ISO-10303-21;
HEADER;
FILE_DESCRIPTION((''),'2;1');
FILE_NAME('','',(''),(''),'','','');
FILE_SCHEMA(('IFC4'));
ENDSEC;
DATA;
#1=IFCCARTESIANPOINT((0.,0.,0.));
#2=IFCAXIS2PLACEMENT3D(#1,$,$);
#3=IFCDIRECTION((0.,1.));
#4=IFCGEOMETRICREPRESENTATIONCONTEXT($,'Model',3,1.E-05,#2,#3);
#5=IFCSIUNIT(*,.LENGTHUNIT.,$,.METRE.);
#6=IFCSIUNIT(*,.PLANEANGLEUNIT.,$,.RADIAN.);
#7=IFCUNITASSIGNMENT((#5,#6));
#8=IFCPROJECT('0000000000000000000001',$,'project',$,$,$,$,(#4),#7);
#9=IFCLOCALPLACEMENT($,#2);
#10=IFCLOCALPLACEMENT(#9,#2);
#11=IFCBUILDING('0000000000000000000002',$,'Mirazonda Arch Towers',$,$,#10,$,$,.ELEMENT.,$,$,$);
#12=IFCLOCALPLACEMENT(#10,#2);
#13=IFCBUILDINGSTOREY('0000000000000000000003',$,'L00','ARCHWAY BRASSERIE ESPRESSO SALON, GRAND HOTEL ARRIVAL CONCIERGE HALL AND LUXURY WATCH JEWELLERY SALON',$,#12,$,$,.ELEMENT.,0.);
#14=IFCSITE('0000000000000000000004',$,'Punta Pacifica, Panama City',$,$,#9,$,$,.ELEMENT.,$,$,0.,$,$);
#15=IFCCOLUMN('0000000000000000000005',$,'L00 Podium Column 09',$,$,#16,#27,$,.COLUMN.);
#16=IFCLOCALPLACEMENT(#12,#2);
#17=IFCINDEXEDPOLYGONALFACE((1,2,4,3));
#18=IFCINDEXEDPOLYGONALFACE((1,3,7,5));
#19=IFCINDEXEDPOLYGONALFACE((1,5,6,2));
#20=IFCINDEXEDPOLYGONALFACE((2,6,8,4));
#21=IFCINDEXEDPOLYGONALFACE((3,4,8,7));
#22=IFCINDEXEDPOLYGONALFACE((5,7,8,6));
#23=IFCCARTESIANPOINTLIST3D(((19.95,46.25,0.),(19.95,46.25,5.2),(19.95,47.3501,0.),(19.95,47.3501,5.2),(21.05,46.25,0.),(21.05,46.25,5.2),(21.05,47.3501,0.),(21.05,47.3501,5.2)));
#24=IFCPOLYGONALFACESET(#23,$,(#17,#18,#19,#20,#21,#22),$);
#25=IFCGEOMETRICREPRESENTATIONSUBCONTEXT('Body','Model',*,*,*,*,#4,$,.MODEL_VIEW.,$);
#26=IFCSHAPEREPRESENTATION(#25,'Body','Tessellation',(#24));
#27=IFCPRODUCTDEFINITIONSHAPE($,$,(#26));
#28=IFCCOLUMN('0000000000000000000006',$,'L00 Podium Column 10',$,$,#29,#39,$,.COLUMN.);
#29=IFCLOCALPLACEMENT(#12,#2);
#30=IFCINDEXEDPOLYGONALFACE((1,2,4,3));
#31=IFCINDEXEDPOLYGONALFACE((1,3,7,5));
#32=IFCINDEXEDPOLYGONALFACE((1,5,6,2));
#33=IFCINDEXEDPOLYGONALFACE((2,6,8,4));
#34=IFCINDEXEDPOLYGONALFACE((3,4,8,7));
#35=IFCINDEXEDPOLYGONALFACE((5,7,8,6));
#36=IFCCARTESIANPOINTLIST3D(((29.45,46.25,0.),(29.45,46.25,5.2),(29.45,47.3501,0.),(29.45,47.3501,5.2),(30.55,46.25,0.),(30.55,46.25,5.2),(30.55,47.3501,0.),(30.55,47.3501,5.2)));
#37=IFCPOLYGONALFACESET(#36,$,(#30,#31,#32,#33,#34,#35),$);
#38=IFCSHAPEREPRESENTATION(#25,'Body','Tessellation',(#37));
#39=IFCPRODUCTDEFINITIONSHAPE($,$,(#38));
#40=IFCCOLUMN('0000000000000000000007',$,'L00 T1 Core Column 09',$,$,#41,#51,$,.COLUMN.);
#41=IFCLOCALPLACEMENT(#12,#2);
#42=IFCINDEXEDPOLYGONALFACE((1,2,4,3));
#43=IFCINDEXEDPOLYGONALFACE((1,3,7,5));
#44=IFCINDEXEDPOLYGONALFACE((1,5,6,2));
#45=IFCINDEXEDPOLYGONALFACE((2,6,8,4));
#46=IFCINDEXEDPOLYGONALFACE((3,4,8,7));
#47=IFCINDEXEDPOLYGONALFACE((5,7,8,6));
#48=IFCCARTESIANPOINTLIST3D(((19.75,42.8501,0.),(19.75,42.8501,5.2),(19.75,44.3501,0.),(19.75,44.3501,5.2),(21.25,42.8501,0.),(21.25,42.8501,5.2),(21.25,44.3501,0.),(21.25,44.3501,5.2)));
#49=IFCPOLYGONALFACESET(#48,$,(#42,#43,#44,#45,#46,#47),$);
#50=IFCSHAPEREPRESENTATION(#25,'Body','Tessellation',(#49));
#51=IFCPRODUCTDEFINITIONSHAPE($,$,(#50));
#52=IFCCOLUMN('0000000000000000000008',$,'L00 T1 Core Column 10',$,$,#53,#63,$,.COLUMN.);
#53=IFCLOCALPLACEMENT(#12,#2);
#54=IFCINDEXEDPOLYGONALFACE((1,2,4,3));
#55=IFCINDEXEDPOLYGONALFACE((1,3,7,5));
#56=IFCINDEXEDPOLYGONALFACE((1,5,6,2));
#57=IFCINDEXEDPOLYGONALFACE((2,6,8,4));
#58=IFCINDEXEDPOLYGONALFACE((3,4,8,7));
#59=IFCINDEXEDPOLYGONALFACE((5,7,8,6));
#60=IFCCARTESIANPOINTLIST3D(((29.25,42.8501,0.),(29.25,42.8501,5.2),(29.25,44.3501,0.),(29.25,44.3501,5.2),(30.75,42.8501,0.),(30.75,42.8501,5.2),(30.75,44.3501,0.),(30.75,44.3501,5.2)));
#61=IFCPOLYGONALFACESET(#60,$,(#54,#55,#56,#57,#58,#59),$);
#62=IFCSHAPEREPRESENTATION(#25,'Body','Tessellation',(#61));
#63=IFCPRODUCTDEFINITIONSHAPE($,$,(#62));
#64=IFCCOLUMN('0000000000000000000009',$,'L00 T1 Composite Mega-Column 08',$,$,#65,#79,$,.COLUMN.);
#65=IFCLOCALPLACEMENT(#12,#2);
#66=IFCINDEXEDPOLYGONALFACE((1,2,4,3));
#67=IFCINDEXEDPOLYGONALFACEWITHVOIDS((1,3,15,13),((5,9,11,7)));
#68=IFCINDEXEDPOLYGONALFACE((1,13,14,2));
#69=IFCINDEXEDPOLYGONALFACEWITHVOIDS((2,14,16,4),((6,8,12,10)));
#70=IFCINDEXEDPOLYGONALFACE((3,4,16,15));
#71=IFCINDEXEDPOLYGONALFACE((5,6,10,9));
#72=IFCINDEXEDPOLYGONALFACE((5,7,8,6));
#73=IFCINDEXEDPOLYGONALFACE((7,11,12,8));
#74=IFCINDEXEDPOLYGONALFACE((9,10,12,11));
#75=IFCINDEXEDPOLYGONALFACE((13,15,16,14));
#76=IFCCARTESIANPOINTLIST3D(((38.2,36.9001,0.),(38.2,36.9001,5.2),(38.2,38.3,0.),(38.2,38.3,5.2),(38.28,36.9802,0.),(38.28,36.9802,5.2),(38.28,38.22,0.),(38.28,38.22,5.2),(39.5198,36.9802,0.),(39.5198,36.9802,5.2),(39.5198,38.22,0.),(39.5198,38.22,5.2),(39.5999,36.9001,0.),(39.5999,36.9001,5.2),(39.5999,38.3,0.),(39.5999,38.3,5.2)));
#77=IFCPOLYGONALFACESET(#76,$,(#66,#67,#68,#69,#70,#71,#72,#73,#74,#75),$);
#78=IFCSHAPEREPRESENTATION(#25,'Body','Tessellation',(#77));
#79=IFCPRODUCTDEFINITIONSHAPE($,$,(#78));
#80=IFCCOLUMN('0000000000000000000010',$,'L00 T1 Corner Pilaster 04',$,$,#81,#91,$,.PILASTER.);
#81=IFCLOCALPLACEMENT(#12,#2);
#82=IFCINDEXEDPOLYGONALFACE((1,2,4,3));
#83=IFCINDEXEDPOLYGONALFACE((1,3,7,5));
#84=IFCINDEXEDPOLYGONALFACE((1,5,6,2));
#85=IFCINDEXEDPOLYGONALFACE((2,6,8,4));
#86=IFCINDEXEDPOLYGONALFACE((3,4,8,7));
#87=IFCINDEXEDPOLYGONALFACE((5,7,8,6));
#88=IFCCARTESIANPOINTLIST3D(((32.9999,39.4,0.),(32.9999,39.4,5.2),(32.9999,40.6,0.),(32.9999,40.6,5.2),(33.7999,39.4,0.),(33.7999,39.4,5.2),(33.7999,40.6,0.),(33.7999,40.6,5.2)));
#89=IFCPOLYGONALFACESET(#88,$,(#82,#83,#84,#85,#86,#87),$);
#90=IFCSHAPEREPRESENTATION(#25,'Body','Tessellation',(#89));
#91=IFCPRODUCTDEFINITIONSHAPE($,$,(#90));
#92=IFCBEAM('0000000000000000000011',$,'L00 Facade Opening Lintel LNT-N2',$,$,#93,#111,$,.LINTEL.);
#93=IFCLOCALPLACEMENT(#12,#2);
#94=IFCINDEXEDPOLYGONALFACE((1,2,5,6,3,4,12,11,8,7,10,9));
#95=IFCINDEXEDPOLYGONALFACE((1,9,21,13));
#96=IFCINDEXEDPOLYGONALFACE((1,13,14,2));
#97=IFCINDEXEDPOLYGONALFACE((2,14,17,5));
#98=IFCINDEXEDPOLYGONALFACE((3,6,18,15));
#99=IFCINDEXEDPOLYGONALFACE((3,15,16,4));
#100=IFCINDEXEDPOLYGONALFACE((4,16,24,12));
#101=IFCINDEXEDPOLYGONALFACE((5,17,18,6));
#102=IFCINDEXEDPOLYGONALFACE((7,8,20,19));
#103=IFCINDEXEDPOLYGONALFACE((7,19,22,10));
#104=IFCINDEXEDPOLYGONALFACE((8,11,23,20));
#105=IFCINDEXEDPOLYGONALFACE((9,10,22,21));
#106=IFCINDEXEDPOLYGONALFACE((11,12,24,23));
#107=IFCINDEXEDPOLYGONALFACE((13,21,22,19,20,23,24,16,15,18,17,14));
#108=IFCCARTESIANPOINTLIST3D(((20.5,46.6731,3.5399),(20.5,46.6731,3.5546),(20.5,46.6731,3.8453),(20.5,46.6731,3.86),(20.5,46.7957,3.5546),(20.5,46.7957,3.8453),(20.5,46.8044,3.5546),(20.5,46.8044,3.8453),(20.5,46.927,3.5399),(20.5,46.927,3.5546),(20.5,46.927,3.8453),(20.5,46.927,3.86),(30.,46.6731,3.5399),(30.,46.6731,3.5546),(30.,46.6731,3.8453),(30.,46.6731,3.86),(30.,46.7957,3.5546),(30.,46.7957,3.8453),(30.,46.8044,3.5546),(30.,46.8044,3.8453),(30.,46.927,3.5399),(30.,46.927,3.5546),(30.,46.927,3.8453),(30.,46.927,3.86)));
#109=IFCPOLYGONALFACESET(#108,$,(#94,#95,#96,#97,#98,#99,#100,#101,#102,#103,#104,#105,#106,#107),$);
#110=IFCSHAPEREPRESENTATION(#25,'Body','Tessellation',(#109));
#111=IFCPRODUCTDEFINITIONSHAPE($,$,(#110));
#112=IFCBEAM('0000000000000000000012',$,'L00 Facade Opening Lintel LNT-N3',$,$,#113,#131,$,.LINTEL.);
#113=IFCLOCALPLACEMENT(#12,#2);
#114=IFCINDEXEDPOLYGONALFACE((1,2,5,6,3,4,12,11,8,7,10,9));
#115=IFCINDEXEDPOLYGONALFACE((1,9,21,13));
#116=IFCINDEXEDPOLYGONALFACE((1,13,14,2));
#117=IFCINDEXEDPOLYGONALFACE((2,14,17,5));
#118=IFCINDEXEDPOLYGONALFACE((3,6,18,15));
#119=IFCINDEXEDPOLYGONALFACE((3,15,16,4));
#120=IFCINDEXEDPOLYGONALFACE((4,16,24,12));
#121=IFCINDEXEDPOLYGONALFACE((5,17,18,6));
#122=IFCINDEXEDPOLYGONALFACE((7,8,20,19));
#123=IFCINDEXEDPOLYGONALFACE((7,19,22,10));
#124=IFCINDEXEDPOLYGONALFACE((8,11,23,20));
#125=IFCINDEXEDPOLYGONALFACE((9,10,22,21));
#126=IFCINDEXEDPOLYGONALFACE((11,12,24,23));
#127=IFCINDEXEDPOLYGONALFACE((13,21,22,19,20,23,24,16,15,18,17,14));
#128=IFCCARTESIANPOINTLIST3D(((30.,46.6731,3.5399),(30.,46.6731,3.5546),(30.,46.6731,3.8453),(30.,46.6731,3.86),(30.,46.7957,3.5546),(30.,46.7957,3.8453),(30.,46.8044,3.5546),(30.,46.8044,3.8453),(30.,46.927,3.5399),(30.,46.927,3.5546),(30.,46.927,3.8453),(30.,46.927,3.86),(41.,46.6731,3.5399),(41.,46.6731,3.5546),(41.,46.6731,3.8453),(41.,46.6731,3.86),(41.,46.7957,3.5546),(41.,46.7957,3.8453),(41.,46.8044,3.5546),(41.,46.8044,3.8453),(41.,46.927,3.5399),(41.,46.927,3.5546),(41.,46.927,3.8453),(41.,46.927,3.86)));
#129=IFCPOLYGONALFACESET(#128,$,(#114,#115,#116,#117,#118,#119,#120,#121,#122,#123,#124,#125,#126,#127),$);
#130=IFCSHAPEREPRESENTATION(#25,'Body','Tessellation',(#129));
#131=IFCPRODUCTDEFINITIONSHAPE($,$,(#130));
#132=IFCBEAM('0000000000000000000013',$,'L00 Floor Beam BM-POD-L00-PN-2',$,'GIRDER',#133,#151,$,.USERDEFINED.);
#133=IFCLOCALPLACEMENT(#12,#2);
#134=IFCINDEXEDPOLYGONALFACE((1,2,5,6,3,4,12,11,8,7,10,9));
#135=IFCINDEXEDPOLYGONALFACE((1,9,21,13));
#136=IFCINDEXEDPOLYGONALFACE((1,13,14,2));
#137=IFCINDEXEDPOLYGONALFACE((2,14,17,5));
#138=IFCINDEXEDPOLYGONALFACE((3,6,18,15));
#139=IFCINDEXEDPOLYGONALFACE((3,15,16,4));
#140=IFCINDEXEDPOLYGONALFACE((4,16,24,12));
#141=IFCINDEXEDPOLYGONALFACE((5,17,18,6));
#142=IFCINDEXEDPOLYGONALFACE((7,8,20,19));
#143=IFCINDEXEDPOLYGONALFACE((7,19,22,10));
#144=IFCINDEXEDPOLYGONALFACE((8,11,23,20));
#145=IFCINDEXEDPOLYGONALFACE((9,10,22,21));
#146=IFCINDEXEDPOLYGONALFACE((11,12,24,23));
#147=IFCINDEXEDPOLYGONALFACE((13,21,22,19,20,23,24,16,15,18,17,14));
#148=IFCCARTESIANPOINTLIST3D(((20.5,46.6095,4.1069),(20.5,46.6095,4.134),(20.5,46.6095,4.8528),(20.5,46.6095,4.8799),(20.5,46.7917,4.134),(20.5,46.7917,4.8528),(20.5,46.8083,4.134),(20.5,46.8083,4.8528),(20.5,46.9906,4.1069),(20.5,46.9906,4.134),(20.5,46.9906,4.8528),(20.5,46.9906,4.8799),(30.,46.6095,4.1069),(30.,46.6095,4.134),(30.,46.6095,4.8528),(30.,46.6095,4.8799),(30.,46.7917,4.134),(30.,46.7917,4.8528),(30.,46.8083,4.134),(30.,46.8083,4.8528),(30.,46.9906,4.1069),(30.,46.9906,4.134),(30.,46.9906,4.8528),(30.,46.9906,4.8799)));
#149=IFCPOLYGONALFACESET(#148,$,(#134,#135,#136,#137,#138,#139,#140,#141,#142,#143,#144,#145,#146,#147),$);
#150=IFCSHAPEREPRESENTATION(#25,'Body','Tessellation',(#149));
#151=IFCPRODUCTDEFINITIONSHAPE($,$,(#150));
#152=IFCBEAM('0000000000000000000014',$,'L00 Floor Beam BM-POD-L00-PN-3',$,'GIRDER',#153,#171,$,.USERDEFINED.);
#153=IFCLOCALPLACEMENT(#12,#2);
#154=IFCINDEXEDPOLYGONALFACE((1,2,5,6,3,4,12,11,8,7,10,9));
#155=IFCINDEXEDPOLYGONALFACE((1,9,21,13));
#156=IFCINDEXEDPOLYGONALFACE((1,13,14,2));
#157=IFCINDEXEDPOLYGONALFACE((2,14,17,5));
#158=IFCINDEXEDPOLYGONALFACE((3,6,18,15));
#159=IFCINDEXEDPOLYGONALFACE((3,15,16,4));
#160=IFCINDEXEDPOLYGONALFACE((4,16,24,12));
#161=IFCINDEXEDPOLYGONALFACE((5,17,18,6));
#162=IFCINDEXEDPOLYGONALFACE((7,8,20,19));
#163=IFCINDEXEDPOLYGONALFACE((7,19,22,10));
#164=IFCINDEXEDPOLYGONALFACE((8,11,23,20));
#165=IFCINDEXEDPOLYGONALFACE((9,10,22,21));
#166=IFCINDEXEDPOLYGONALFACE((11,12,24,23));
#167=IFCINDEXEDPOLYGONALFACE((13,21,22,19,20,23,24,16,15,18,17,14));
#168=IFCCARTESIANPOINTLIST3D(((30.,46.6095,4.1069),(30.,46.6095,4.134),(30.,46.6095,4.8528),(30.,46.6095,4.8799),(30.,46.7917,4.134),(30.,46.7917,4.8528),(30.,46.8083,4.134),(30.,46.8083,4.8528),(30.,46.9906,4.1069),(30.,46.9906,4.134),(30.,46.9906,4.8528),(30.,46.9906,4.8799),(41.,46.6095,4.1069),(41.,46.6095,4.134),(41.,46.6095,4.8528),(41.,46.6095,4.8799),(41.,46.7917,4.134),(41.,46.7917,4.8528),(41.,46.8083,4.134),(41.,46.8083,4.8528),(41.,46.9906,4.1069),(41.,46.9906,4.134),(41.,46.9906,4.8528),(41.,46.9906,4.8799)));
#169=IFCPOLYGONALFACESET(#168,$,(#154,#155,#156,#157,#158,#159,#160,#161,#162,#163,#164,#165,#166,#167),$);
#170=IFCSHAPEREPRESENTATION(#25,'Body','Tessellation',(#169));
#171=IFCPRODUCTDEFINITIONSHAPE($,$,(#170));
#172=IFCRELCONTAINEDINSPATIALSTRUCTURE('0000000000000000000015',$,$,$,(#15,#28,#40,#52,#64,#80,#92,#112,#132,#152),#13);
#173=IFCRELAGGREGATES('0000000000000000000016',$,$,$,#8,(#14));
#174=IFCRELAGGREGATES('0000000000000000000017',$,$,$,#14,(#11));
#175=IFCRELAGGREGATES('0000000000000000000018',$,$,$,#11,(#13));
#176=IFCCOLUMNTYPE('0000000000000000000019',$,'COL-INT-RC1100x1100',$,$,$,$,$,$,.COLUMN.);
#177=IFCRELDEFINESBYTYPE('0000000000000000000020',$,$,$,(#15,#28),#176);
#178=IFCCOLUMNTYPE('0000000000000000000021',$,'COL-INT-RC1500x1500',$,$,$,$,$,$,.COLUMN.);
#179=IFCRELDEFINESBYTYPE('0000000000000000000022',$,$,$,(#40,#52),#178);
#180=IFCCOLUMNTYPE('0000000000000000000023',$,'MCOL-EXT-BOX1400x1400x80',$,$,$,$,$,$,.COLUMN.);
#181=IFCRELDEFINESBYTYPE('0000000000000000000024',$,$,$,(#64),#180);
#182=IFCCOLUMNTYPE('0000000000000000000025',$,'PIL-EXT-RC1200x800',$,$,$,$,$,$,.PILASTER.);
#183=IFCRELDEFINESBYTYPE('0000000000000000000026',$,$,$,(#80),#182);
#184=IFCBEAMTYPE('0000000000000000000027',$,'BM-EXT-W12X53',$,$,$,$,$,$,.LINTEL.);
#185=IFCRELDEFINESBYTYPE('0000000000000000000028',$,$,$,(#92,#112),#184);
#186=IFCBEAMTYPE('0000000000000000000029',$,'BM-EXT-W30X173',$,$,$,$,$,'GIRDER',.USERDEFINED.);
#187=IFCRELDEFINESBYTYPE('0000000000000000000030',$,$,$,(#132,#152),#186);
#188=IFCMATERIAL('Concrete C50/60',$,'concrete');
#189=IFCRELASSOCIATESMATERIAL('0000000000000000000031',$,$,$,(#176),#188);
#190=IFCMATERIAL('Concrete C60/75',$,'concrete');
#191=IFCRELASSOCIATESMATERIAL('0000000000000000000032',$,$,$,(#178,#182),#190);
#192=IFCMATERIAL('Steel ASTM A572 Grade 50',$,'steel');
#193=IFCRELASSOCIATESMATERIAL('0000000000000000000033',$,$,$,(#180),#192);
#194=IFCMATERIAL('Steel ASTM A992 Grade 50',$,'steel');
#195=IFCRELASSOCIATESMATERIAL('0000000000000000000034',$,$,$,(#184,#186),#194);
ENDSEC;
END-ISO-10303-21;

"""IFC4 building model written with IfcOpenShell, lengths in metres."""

from ifc_helpers import new_model, si_unit, direction, frame, origin, origin_2d, place, context, subcontext, project, spatial, rectangle, hollow_rectangle, i_section, extrude, material, material_profile, profile_set, type_object, element, save


model = new_model("IFC4")

# Units and contexts
model_context = context("Model", 3, precision=1e-05, world=origin(), true_north=direction((0.0, 1.0)))
body_context = subcontext(model_context, "Body", "Model", "MODEL_VIEW")
ifc_project = project(units=[si_unit("LENGTHUNIT", "METRE"), si_unit("PLANEANGLEUNIT", "RADIAN")], contexts=[model_context])

# Site, building, storey
site_placement = place(None, origin())
site = spatial("IfcSite", under=ifc_project, at=site_placement, Name="Punta Pacifica, Panama City", CompositionType="ELEMENT", RefElevation=0.0)
building_placement = place(site_placement, origin())
building = spatial("IfcBuilding", under=site, at=building_placement, Name="Mirazonda Arch Towers", CompositionType="ELEMENT")
storey_placement = place(building_placement, origin())
storey = spatial("IfcBuildingStorey", under=building, at=storey_placement, Name="L00", Description="ARCHWAY BRASSERIE ESPRESSO SALON, GRAND HOTEL ARRIVAL CONCIERGE HALL AND LUXURY WATCH JEWELLERY SALON", CompositionType="ELEMENT", Elevation=0.0)

# Columns
ifc_material_1 = material(Name="Concrete C50/60", Category="concrete")
ifc_material_profile_1 = material_profile(ifc_material_1, rectangle(XDim=1.1001, YDim=1.1001, at=origin_2d()), Name="RC1100x1100")
ifc_profile_set_1 = profile_set([ifc_material_profile_1], Name="Concrete C50/60")
column_type_1 = type_object("IfcColumnType", Name="COL-INT-RC1100x1100", PredefinedType="COLUMN", material=ifc_profile_set_1)
for number, where, z_axis, x_axis, name in (
    (1, (20.5, 46.8, 0.0), (0.0, 0.0, 1.0), (1.0, 0.0, 0.0), "L00 Podium Column 09"),
    (2, (30.0, 46.8, 0.0), (0.0, 0.0, 1.0), (1.0, 0.0, 0.0), "L00 Podium Column 10"),
):
    element("IfcColumn", number, at=place(storey_placement, frame(where, z_axis=z_axis, x_axis=x_axis)), inside=storey, type_object=column_type_1, Name=name, PredefinedType="COLUMN", context=body_context, shape_type="SweptSolid", body=[
        extrude(rectangle(XDim=1.1001, YDim=1.1001, at=origin_2d()), origin(), (0.0, 0.0, 1.0), 5.2),
    ])
ifc_material_2 = material(Name="Concrete C60/75", Category="concrete")
ifc_material_profile_2 = material_profile(ifc_material_2, rectangle(XDim=1.5, YDim=1.5, at=origin_2d()), Name="RC1500x1500")
ifc_profile_set_2 = profile_set([ifc_material_profile_2], Name="Concrete C60/75")
column_type_2 = type_object("IfcColumnType", Name="COL-INT-RC1500x1500", PredefinedType="COLUMN", material=ifc_profile_set_2)
for number, where, z_axis, x_axis, name in (
    (3, (20.5, 43.6001, 0.0), (0.0, 0.0, 1.0), (1.0, 0.0, 0.0), "L00 T1 Core Column 09"),
    (4, (30.0, 43.6001, 0.0), (0.0, 0.0, 1.0), (1.0, 0.0, 0.0), "L00 T1 Core Column 10"),
):
    element("IfcColumn", number, at=place(storey_placement, frame(where, z_axis=z_axis, x_axis=x_axis)), inside=storey, type_object=column_type_2, Name=name, PredefinedType="COLUMN", context=body_context, shape_type="SweptSolid", body=[
        extrude(rectangle(XDim=1.5, YDim=1.5, at=origin_2d()), origin(), (0.0, 0.0, 1.0), 5.2),
    ])
ifc_material_3 = material(Name="Steel ASTM A572 Grade 50", Category="steel")
ifc_material_profile_3 = material_profile(ifc_material_3, hollow_rectangle(XDim=1.3999, YDim=1.3999, WallThickness=0.0801, at=origin_2d()), Name="BOX1400x1400x80")
ifc_profile_set_3 = profile_set([ifc_material_profile_3], Name="Steel ASTM A572 Grade 50")
column_type_3 = type_object("IfcColumnType", Name="MCOL-EXT-BOX1400x1400x80", PredefinedType="COLUMN", material=ifc_profile_set_3)
column_1_placement = place(storey_placement, frame((38.8999, 37.6001, 0.0), z_axis=(0.0, 0.0, 1.0), x_axis=(1.0, 0.0, 0.0)))
element("IfcColumn", 5, at=column_1_placement, inside=storey, type_object=column_type_3, Name="L00 T1 Composite Mega-Column 08", PredefinedType="COLUMN", context=body_context, shape_type="SweptSolid", body=[
    extrude(hollow_rectangle(XDim=1.3999, YDim=1.3999, WallThickness=0.0801, at=origin_2d()), origin(), (0.0, 0.0, 1.0), 5.2),
])
ifc_material_profile_4 = material_profile(ifc_material_2, rectangle(XDim=0.8, YDim=1.2, at=origin_2d()), Name="RC1200x800")
ifc_profile_set_4 = profile_set([ifc_material_profile_4], Name="Concrete C60/75")
column_type_4 = type_object("IfcColumnType", Name="PIL-EXT-RC1200x800", PredefinedType="PILASTER", material=ifc_profile_set_4)
column_2_placement = place(storey_placement, frame((33.3999, 40.0, 0.0), z_axis=(0.0, 0.0, 1.0), x_axis=(1.0, 0.0, 0.0)))
element("IfcColumn", 6, at=column_2_placement, inside=storey, type_object=column_type_4, Name="L00 T1 Corner Pilaster 04", PredefinedType="PILASTER", context=body_context, shape_type="SweptSolid", body=[
    extrude(rectangle(XDim=0.8, YDim=1.2, at=origin_2d()), origin(), (0.0, 0.0, 1.0), 5.2),
])

# Beams
ifc_material_4 = material(Name="Steel ASTM A992 Grade 50", Category="steel")
ifc_material_profile_5 = material_profile(ifc_material_4, i_section(OverallWidth=0.2539, OverallDepth=0.3201, WebThickness=0.0088, FlangeThickness=0.0146, at=origin_2d()), Name="W12X53")
ifc_profile_set_5 = profile_set([ifc_material_profile_5], Name="Steel ASTM A992 Grade 50")
beam_type_1 = type_object("IfcBeamType", Name="BM-EXT-W12X53", PredefinedType="LINTEL", material=ifc_profile_set_5)
beam_1_placement = place(storey_placement, frame((20.5, 46.8, 3.7), z_axis=(1.0, 0.0, 0.0), x_axis=(0.0, 1.0, 0.0)))
element("IfcBeam", 7, at=beam_1_placement, inside=storey, type_object=beam_type_1, Name="L00 Facade Opening Lintel LNT-N2", PredefinedType="LINTEL", context=body_context, shape_type="SweptSolid", body=[
    extrude(i_section(OverallWidth=0.2539, OverallDepth=0.3201, WebThickness=0.0088, FlangeThickness=0.0146, at=origin_2d()), origin(), (0.0, 0.0, 1.0), 9.5),
])
beam_2_placement = place(storey_placement, frame((30.0, 46.8, 3.7), z_axis=(1.0, 0.0, 0.0), x_axis=(0.0, 1.0, 0.0)))
element("IfcBeam", 8, at=beam_2_placement, inside=storey, type_object=beam_type_1, Name="L00 Facade Opening Lintel LNT-N3", PredefinedType="LINTEL", context=body_context, shape_type="SweptSolid", body=[
    extrude(i_section(OverallWidth=0.2539, OverallDepth=0.3201, WebThickness=0.0088, FlangeThickness=0.0146, at=origin_2d()), origin(), (0.0, 0.0, 1.0), 11.0),
])
ifc_material_profile_6 = material_profile(ifc_material_4, i_section(OverallWidth=0.3811, OverallDepth=0.7729, WebThickness=0.0166, FlangeThickness=0.0271, at=origin_2d()), Name="W30X173")
ifc_profile_set_6 = profile_set([ifc_material_profile_6], Name="Steel ASTM A992 Grade 50")
beam_type_2 = type_object("IfcBeamType", Name="BM-EXT-W30X173", ElementType="GIRDER", PredefinedType="USERDEFINED", material=ifc_profile_set_6)
beam_3_placement = place(storey_placement, frame((20.5, 46.8, 4.4934), z_axis=(1.0, 0.0, 0.0), x_axis=(0.0, 1.0, 0.0)))
element("IfcBeam", 9, at=beam_3_placement, inside=storey, type_object=beam_type_2, Name="L00 Floor Beam BM-POD-L00-PN-2", ObjectType="GIRDER", PredefinedType="USERDEFINED", context=body_context, shape_type="SweptSolid", body=[
    extrude(i_section(OverallWidth=0.3811, OverallDepth=0.7729, WebThickness=0.0166, FlangeThickness=0.0271, at=origin_2d()), origin(), (0.0, 0.0, 1.0), 9.5),
])
beam_4_placement = place(storey_placement, frame((30.0, 46.8, 4.4934), z_axis=(1.0, 0.0, 0.0), x_axis=(0.0, 1.0, 0.0)))
element("IfcBeam", 10, at=beam_4_placement, inside=storey, type_object=beam_type_2, Name="L00 Floor Beam BM-POD-L00-PN-3", ObjectType="GIRDER", PredefinedType="USERDEFINED", context=body_context, shape_type="SweptSolid", body=[
    extrude(i_section(OverallWidth=0.3811, OverallDepth=0.7729, WebThickness=0.0166, FlangeThickness=0.0271, at=origin_2d()), origin(), (0.0, 0.0, 1.0), 11.0),
])

save(model, "model.ifc")
